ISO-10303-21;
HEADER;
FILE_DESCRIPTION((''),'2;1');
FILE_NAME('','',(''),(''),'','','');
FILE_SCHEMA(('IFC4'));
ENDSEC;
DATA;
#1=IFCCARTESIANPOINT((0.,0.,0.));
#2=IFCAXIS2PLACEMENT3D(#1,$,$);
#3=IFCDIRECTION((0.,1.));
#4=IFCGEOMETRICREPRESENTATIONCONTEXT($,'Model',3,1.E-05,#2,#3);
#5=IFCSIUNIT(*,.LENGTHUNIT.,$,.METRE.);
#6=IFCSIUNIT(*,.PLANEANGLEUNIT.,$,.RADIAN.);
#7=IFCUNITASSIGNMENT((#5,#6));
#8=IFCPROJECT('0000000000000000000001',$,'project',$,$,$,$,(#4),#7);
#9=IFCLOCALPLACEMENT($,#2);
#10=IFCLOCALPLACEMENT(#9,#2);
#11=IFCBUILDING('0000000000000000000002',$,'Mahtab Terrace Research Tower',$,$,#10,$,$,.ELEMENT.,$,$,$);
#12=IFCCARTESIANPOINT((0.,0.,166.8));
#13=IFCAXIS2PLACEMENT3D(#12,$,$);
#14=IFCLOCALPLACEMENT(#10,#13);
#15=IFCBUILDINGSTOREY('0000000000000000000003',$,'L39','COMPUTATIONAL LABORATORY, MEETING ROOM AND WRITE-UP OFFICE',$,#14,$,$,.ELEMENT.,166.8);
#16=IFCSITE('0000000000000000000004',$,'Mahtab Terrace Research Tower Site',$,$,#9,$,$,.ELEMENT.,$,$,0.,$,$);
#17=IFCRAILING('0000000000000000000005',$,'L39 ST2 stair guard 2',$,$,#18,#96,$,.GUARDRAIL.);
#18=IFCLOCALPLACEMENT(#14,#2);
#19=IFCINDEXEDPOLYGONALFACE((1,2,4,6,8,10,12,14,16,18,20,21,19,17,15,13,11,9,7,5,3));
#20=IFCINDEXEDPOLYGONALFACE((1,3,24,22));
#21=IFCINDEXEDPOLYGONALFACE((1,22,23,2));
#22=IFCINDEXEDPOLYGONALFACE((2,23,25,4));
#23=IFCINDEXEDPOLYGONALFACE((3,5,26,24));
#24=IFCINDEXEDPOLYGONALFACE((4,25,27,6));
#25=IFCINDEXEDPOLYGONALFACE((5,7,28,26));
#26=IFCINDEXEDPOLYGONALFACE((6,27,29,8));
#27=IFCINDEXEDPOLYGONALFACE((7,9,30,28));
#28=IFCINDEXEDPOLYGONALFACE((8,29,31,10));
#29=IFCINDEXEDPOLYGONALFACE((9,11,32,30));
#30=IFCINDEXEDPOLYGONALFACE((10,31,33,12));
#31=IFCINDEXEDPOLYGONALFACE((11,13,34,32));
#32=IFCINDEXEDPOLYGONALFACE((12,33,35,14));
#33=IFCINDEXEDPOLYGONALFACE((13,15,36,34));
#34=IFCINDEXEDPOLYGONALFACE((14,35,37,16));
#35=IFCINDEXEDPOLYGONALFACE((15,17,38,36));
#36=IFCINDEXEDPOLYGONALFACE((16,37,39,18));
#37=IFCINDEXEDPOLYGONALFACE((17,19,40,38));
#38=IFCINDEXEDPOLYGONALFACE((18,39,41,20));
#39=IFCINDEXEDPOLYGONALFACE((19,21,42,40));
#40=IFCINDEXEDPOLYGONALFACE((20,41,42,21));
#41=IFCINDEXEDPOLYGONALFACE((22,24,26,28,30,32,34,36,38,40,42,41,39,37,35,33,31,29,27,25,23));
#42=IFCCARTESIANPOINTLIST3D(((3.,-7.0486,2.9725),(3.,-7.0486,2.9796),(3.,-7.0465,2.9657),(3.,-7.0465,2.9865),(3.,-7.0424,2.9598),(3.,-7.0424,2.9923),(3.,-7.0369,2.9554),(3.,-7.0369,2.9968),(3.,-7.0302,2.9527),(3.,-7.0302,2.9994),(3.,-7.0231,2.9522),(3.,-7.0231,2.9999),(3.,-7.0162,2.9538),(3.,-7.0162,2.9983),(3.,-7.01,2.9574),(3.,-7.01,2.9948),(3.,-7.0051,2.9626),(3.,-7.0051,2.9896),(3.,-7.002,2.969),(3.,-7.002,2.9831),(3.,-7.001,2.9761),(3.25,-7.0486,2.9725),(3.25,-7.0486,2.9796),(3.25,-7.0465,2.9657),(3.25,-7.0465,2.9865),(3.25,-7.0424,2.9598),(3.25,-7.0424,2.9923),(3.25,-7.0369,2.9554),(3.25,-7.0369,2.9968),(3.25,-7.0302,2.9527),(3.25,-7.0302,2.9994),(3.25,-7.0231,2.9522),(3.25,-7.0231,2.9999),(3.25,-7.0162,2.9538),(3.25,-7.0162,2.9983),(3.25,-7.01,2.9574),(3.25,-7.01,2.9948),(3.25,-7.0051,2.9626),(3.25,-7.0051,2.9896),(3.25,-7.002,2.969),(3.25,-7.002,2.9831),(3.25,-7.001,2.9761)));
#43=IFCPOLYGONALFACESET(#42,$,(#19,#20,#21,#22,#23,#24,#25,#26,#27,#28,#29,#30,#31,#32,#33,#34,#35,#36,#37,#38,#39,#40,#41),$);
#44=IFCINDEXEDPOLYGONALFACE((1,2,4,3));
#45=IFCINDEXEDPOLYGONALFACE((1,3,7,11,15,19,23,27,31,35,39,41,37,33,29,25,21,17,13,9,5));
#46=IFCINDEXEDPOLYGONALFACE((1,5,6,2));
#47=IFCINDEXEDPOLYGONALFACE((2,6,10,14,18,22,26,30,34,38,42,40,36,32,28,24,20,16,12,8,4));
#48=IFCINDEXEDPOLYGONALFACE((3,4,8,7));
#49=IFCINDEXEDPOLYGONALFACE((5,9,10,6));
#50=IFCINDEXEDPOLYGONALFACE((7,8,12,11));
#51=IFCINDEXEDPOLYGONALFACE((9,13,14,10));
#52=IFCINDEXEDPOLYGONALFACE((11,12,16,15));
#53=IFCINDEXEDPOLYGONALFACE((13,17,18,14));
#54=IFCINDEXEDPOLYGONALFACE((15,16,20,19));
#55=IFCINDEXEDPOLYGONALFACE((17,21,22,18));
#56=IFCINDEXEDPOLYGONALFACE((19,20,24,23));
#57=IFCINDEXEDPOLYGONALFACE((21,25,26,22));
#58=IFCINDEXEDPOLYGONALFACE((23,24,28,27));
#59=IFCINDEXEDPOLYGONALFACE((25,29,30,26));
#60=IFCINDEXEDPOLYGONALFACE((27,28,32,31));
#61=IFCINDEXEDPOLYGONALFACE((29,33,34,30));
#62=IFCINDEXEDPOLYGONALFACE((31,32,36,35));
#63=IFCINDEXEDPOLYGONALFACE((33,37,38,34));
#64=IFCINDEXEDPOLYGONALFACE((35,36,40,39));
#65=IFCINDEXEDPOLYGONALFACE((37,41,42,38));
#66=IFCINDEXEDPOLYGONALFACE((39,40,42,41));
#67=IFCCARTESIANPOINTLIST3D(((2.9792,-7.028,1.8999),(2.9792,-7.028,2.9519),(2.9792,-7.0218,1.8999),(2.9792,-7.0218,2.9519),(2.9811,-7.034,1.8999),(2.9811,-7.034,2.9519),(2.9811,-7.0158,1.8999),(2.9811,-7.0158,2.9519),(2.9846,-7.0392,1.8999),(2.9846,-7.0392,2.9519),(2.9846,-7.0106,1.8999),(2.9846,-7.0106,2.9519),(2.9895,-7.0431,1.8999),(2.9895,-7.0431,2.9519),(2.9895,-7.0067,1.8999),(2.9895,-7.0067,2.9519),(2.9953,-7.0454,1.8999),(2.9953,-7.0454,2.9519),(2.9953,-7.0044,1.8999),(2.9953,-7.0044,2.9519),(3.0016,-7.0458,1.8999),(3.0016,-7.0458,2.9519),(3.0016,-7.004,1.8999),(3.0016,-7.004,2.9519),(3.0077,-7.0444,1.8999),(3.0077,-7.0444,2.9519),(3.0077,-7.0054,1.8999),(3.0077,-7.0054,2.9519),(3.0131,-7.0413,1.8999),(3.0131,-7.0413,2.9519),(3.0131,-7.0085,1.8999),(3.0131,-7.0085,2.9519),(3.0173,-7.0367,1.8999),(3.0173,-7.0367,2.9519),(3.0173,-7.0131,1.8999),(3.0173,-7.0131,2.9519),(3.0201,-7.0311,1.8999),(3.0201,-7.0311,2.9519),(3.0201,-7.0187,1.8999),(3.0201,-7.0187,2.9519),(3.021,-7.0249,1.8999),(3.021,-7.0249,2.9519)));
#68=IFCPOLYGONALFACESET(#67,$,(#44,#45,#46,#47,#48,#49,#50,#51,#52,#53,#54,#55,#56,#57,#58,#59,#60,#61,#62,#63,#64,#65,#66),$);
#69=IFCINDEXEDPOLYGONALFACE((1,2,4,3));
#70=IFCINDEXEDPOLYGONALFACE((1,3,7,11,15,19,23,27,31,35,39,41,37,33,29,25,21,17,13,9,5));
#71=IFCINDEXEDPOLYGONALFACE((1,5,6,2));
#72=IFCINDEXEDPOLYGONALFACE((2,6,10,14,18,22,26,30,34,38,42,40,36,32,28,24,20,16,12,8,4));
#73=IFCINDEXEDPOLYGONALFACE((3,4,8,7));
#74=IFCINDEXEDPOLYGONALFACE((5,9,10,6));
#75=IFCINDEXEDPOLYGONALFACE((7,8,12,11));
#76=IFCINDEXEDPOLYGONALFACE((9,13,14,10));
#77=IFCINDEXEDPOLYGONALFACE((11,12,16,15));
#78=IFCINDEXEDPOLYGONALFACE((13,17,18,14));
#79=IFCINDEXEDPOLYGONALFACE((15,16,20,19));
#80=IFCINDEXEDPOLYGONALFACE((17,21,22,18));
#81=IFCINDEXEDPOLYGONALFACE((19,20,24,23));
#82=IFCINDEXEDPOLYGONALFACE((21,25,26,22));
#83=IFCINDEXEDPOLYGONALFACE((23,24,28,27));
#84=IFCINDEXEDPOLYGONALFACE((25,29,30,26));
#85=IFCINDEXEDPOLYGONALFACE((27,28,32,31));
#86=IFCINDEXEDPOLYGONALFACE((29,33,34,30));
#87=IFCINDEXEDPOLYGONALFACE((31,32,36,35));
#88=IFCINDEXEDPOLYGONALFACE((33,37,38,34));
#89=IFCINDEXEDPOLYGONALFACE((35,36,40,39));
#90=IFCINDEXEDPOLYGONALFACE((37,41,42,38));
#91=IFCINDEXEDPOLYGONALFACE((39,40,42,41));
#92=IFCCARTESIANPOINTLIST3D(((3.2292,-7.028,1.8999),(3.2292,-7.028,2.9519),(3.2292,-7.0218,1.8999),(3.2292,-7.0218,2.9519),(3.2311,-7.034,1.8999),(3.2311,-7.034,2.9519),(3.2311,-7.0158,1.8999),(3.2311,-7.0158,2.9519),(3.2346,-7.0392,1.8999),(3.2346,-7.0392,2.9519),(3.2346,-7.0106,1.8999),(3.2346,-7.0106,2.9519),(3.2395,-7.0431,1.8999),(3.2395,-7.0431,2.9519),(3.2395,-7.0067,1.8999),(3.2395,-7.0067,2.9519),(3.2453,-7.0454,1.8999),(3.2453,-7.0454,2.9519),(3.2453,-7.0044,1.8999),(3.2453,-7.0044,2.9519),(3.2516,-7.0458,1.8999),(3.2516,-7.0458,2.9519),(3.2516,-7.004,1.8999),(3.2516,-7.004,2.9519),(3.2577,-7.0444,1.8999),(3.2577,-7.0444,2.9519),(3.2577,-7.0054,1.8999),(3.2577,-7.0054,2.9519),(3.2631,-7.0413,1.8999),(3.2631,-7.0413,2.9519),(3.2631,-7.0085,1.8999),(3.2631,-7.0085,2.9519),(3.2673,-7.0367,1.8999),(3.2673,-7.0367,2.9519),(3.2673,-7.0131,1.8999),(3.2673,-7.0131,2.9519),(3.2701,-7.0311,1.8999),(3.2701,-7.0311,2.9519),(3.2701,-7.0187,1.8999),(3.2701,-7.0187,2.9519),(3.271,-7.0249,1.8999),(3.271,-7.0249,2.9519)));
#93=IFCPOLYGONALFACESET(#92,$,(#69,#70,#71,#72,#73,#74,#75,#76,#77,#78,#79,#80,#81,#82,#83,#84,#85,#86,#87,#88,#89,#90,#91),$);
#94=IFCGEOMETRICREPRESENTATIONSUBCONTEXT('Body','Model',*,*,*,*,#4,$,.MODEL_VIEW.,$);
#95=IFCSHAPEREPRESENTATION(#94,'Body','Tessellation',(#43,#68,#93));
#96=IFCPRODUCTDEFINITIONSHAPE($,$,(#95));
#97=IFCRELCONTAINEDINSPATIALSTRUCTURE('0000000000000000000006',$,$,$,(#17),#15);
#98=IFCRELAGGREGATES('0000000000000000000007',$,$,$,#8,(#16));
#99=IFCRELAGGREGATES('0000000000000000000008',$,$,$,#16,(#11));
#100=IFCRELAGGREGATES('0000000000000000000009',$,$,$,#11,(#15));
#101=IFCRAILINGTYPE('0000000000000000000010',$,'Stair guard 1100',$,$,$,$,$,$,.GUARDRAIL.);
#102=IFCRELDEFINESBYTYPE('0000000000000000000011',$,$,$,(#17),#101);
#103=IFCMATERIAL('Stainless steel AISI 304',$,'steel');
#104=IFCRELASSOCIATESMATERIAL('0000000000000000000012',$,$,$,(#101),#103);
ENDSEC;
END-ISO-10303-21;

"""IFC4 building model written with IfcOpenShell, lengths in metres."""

from ifc_helpers import new_model, si_unit, direction, frame, origin, origin_2d, place, context, subcontext, project, spatial, circle, extrude, material, type_object, element, save


model = new_model("IFC4")

# Units and contexts
model_context = context("Model", 3, precision=1e-05, world=origin(), true_north=direction((0.0, 1.0)))
body_context = subcontext(model_context, "Body", "Model", "MODEL_VIEW")
ifc_project = project(units=[si_unit("LENGTHUNIT", "METRE"), si_unit("PLANEANGLEUNIT", "RADIAN")], contexts=[model_context])

# Site, building, storey
site_placement = place(None, origin())
site = spatial("IfcSite", under=ifc_project, at=site_placement, Name="Mahtab Terrace Research Tower Site", CompositionType="ELEMENT", RefElevation=0.0)
building_placement = place(site_placement, origin())
building = spatial("IfcBuilding", under=site, at=building_placement, Name="Mahtab Terrace Research Tower", CompositionType="ELEMENT")
storey_placement = place(building_placement, frame((0.0, 0.0, 166.8)))
storey = spatial("IfcBuildingStorey", under=building, at=storey_placement, Name="L39", Description="COMPUTATIONAL LABORATORY, MEETING ROOM AND WRITE-UP OFFICE", CompositionType="ELEMENT", Elevation=166.8)

# Railing
ifc_material_1 = material(Name="Stainless steel AISI 304", Category="steel")
railing_type_1 = type_object("IfcRailingType", Name="Stair guard 1100", PredefinedType="GUARDRAIL", material=ifc_material_1)
railing_1_placement = place(storey_placement, frame((3.0, -7.0249, 1.8999)))
element("IfcRailing", 1, at=railing_1_placement, inside=storey, type_object=railing_type_1, Name="L39 ST2 stair guard 2", PredefinedType="GUARDRAIL", context=body_context, shape_type="SweptSolid", body=[
    extrude(circle(Radius=0.0239, at=origin_2d()), frame((0.0, 0.0, 1.0762), z_axis=(1.0, 0.0, 0.0), x_axis=(0.0, 1.0, 0.0)), (0.0, 0.0, 1.0), 0.25),
    extrude(circle(Radius=0.021, at=origin_2d()), origin(), (0.0, 0.0, 1.0), 1.052),
    extrude(circle(Radius=0.021, at=origin_2d()), frame((0.25, 0.0, 0.0)), (0.0, 0.0, 1.0), 1.052),
])

save(model, "model.ifc")
